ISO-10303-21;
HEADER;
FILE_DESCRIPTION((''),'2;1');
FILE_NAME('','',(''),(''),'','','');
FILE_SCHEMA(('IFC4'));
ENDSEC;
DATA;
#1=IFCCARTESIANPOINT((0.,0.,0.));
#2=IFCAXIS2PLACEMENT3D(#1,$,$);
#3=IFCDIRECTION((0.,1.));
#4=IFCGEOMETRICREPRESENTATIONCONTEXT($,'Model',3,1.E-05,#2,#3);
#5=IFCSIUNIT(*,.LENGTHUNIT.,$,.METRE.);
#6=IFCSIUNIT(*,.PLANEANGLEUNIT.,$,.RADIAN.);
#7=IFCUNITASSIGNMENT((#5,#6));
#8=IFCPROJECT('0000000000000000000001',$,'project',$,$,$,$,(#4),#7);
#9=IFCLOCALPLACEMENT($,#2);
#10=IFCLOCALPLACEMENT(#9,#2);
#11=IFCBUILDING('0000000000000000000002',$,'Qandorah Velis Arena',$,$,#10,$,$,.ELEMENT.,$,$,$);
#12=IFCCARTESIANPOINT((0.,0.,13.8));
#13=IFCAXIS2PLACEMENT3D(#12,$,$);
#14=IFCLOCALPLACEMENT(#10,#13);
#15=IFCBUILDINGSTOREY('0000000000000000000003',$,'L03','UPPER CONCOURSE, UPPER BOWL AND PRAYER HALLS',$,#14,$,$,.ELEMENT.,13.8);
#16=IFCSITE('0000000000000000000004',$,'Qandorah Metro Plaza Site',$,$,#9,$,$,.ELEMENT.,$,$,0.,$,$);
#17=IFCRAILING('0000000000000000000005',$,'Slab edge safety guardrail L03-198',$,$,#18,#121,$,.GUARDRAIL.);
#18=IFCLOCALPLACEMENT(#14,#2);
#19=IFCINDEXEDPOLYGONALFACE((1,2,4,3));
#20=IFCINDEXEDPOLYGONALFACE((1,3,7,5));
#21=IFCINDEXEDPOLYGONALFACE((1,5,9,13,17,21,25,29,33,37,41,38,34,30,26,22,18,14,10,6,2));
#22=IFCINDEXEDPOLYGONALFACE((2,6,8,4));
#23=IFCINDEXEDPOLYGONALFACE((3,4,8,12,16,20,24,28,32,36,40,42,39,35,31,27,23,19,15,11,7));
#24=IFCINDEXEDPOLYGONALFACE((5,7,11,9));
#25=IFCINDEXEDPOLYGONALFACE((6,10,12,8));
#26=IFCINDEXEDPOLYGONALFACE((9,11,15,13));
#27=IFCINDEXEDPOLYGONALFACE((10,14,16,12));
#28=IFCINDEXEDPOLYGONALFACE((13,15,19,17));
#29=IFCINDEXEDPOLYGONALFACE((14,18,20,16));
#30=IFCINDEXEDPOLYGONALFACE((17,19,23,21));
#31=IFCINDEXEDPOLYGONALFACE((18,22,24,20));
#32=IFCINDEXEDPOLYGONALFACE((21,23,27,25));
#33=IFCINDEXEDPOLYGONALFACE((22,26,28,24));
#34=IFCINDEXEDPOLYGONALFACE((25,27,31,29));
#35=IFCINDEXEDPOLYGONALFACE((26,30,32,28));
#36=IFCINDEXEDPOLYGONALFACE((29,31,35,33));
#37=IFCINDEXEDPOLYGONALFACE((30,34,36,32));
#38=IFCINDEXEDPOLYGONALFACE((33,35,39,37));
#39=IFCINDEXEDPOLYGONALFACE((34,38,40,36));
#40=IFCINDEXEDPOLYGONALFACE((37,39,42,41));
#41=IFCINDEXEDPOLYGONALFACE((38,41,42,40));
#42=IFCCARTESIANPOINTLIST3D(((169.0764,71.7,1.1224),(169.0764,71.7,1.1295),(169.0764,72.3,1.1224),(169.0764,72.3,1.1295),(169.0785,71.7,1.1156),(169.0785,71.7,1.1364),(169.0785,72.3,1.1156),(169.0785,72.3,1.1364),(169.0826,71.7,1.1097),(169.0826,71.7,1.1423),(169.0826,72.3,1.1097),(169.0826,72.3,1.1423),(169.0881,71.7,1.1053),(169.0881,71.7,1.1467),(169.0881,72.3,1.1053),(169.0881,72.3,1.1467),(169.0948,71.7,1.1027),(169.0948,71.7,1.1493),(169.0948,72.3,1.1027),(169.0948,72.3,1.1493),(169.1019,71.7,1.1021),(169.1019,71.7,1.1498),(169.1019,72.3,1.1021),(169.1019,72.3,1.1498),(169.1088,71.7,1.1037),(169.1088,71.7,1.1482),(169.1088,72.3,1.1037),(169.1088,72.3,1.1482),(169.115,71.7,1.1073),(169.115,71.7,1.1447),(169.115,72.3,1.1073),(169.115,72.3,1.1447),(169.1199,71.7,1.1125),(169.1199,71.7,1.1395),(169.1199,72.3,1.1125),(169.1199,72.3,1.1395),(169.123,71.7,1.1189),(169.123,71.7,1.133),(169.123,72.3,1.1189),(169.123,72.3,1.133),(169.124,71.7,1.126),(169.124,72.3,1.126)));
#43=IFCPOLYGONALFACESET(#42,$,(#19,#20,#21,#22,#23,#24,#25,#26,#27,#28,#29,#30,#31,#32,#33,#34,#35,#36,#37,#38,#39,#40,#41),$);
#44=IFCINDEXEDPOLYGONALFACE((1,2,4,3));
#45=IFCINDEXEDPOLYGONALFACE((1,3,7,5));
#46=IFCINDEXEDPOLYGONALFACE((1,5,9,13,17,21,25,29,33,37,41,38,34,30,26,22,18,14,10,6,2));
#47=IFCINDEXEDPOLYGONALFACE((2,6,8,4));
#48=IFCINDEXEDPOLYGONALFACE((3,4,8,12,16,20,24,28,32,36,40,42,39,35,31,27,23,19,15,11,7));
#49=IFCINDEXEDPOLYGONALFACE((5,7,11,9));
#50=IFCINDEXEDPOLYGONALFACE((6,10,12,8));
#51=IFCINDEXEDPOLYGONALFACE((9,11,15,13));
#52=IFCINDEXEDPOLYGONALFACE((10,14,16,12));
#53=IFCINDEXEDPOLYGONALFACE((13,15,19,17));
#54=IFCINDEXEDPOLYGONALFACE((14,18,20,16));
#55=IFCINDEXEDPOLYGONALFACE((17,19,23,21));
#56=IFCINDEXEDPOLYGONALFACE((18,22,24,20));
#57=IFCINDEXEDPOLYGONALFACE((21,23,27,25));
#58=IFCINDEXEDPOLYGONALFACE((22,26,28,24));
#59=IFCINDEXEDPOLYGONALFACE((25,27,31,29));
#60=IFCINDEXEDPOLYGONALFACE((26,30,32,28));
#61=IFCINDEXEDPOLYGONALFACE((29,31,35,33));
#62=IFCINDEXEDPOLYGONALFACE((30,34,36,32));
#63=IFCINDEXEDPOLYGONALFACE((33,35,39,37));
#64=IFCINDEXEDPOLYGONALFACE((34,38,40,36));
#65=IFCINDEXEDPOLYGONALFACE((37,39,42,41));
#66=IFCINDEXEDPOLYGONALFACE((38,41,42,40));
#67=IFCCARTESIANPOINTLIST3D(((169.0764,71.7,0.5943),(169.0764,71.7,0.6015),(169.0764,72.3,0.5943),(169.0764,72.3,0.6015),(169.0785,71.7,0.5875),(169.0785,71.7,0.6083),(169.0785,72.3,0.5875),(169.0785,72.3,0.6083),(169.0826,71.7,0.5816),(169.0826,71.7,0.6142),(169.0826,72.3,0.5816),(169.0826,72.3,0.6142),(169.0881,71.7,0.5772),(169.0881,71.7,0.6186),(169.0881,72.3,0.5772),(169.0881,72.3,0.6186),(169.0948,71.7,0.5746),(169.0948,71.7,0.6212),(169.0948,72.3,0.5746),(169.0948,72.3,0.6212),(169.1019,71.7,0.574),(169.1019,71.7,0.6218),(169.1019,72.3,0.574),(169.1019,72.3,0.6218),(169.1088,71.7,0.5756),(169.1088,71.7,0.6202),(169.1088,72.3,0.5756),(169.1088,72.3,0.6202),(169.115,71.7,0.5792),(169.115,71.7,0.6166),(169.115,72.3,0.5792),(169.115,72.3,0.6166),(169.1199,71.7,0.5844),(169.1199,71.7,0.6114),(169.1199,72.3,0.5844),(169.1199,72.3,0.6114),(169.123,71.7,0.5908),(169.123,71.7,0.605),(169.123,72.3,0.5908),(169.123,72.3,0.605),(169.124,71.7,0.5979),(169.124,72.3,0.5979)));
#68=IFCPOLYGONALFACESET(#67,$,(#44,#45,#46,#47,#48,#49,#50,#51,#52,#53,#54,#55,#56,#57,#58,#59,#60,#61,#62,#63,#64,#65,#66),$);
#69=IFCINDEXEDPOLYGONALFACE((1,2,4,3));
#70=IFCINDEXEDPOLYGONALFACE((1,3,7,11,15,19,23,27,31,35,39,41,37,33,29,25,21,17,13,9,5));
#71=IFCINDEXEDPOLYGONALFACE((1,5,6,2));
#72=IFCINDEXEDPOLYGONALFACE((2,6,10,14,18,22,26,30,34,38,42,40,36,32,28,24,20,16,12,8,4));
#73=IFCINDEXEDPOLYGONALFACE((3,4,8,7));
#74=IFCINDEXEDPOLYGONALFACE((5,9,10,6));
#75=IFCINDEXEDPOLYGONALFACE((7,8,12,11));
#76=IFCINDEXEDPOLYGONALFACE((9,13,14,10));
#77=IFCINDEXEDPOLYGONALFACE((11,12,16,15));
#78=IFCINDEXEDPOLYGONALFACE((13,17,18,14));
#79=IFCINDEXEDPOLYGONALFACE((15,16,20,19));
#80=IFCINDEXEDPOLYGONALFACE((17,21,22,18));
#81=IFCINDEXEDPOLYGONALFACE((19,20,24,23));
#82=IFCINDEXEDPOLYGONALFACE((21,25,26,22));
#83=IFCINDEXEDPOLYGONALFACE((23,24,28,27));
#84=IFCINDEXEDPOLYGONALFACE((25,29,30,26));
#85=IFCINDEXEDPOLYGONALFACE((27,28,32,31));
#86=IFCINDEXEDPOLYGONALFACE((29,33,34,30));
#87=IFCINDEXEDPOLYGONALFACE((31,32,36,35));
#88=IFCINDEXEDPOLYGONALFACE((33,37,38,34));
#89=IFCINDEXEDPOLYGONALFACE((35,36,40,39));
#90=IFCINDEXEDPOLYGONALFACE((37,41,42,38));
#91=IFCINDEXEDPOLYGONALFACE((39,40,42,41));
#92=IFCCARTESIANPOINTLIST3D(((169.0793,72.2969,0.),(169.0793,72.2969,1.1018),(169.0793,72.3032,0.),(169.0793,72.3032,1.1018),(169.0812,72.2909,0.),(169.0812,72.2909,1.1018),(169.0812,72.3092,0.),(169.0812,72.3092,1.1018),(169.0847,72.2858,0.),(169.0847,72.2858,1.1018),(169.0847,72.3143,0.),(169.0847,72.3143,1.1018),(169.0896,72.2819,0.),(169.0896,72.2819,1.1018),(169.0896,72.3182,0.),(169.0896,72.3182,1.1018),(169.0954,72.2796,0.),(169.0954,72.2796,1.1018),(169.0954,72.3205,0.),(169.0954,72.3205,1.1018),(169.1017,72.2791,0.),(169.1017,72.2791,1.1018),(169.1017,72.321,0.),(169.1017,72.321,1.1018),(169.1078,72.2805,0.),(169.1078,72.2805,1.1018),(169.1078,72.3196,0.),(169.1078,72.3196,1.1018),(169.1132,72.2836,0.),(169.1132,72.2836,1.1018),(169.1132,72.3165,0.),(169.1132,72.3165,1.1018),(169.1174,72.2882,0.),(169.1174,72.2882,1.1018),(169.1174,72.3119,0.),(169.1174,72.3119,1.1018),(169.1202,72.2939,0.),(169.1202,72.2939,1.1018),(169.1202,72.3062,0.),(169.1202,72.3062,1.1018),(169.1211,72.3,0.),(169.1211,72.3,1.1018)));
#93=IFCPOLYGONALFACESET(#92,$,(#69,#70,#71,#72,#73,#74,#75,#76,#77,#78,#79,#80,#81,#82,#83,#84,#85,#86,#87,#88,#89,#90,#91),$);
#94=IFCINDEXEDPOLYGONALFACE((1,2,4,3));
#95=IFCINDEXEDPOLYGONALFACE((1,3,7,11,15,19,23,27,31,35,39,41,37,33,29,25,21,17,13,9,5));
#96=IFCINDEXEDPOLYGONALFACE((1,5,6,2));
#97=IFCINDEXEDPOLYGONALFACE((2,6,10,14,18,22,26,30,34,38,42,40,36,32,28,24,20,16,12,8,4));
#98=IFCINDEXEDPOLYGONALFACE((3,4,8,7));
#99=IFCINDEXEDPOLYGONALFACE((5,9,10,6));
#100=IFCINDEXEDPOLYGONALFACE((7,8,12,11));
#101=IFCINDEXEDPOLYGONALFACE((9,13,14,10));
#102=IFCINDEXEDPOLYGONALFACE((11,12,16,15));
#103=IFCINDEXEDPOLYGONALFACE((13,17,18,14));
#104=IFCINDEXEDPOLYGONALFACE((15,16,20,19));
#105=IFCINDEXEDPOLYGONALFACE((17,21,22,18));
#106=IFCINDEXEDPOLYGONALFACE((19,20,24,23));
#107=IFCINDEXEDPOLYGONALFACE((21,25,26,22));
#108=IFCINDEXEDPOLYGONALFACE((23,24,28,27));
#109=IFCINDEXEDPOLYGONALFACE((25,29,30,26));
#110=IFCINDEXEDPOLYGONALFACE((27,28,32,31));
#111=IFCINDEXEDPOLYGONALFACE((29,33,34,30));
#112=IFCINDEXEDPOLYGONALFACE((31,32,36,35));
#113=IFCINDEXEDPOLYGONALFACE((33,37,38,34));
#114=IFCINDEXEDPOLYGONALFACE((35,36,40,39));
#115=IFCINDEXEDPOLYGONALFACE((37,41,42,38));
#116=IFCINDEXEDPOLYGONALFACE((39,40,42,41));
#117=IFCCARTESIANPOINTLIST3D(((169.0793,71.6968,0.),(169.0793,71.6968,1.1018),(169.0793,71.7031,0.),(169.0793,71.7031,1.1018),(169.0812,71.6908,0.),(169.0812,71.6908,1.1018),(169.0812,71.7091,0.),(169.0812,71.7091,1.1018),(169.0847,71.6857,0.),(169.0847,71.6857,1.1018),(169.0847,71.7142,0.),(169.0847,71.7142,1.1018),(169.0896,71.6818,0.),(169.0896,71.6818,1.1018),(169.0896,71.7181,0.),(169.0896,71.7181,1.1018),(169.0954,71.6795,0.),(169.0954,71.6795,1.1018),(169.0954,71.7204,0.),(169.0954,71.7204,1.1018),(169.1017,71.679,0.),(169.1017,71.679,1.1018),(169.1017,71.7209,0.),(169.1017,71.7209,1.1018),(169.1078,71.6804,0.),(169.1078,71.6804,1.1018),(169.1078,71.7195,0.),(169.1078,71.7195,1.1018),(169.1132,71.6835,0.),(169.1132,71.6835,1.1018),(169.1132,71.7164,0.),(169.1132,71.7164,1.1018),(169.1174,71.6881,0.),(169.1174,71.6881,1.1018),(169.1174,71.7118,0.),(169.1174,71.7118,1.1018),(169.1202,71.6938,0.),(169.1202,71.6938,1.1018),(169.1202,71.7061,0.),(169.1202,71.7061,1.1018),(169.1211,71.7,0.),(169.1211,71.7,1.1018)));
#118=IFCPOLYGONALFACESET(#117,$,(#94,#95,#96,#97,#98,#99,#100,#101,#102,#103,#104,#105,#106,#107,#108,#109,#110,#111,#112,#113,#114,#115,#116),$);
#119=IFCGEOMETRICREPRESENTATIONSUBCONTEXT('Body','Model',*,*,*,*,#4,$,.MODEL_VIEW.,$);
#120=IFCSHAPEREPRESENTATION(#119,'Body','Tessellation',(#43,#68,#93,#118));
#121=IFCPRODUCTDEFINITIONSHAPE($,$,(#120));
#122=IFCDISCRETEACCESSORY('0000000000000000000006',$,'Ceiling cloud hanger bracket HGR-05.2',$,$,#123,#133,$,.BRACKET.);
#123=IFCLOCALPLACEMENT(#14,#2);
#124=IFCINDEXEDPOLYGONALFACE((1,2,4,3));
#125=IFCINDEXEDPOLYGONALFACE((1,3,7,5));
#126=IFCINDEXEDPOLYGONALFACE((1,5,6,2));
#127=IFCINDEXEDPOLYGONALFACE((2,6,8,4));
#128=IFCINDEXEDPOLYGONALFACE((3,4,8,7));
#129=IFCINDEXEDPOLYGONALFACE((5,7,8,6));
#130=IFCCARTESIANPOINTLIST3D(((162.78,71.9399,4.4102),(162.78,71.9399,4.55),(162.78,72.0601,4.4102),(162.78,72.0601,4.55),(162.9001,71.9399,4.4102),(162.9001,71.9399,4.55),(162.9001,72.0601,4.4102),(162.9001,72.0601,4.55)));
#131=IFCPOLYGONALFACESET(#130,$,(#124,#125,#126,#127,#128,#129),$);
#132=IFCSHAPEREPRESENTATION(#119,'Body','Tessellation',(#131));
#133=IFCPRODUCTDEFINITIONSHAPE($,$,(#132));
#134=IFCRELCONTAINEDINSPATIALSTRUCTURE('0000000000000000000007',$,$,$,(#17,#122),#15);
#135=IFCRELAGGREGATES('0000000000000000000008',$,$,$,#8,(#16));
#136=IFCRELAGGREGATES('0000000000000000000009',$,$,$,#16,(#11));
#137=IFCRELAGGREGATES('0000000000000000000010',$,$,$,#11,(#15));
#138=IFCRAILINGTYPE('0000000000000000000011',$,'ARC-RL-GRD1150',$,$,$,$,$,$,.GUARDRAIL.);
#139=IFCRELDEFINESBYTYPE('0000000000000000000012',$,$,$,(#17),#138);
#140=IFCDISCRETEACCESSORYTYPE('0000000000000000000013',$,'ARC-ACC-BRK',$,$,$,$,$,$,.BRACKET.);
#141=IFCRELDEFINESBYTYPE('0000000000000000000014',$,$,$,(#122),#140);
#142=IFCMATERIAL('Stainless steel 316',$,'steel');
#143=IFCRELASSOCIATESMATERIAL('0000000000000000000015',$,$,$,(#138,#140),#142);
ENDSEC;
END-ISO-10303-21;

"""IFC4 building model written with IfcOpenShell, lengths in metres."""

from ifc_helpers import new_model, si_unit, direction, frame, origin, origin_2d, place, context, subcontext, project, spatial, rectangle, circle, extrude, material, type_object, element, save


model = new_model("IFC4")

# Units and contexts
model_context = context("Model", 3, precision=1e-05, world=origin(), true_north=direction((0.0, 1.0)))
body_context = subcontext(model_context, "Body", "Model", "MODEL_VIEW")
ifc_project = project(units=[si_unit("LENGTHUNIT", "METRE"), si_unit("PLANEANGLEUNIT", "RADIAN")], contexts=[model_context])

# Site, building, storey
site_placement = place(None, origin())
site = spatial("IfcSite", under=ifc_project, at=site_placement, Name="Qandorah Metro Plaza Site", CompositionType="ELEMENT", RefElevation=0.0)
building_placement = place(site_placement, origin())
building = spatial("IfcBuilding", under=site, at=building_placement, Name="Qandorah Velis Arena", CompositionType="ELEMENT")
storey_placement = place(building_placement, frame((0.0, 0.0, 13.8)))
storey = spatial("IfcBuildingStorey", under=building, at=storey_placement, Name="L03", Description="UPPER CONCOURSE, UPPER BOWL AND PRAYER HALLS", CompositionType="ELEMENT", Elevation=13.8)

# Railing
ifc_material_1 = material(Name="Stainless steel 316", Category="steel")
railing_type = type_object("IfcRailingType", Name="ARC-RL-GRD1150", PredefinedType="GUARDRAIL", material=ifc_material_1)
railing_placement = place(storey_placement, frame((169.1001, 72.3, 0.0)))
element("IfcRailing", 1, at=railing_placement, inside=storey, type_object=railing_type, Name="Slab edge safety guardrail L03-198", PredefinedType="GUARDRAIL", context=body_context, shape_type="SweptSolid", body=[
    extrude(circle(Radius=0.0239, at=origin_2d()), frame((0.0, 0.0, 1.126), z_axis=(0.0, -1.0, 0.0), x_axis=(1.0, 0.0, 0.0)), (0.0, 0.0, 1.0), 0.6001),
    extrude(circle(Radius=0.0239, at=origin_2d()), frame((0.0, 0.0, 0.5979), z_axis=(0.0, -1.0, 0.0), x_axis=(1.0, 0.0, 0.0)), (0.0, 0.0, 1.0), 0.6001),
    extrude(circle(Radius=0.021, at=origin_2d()), origin(), (0.0, 0.0, 1.0), 1.1018),
    extrude(circle(Radius=0.021, at=origin_2d()), frame((0.0, -0.6001, 0.0)), (0.0, 0.0, 1.0), 1.1018),
])

# Discrete accessory
discrete_accessory_type = type_object("IfcDiscreteAccessoryType", Name="ARC-ACC-BRK", PredefinedType="BRACKET", material=ifc_material_1)
discrete_accessory_placement = place(storey_placement, frame((162.8401, 72.0, 4.4102), z_axis=(0.0, 0.0, 1.0), x_axis=(1.0, 0.0, 0.0)))
element("IfcDiscreteAccessory", 2, at=discrete_accessory_placement, inside=storey, type_object=discrete_accessory_type, Name="Ceiling cloud hanger bracket HGR-05.2", PredefinedType="BRACKET", context=body_context, shape_type="SweptSolid", body=[
    extrude(rectangle(XDim=0.1201, YDim=0.1201, at=origin_2d()), origin(), (0.0, 0.0, 1.0), 0.1399),
])

save(model, "model.ifc")
